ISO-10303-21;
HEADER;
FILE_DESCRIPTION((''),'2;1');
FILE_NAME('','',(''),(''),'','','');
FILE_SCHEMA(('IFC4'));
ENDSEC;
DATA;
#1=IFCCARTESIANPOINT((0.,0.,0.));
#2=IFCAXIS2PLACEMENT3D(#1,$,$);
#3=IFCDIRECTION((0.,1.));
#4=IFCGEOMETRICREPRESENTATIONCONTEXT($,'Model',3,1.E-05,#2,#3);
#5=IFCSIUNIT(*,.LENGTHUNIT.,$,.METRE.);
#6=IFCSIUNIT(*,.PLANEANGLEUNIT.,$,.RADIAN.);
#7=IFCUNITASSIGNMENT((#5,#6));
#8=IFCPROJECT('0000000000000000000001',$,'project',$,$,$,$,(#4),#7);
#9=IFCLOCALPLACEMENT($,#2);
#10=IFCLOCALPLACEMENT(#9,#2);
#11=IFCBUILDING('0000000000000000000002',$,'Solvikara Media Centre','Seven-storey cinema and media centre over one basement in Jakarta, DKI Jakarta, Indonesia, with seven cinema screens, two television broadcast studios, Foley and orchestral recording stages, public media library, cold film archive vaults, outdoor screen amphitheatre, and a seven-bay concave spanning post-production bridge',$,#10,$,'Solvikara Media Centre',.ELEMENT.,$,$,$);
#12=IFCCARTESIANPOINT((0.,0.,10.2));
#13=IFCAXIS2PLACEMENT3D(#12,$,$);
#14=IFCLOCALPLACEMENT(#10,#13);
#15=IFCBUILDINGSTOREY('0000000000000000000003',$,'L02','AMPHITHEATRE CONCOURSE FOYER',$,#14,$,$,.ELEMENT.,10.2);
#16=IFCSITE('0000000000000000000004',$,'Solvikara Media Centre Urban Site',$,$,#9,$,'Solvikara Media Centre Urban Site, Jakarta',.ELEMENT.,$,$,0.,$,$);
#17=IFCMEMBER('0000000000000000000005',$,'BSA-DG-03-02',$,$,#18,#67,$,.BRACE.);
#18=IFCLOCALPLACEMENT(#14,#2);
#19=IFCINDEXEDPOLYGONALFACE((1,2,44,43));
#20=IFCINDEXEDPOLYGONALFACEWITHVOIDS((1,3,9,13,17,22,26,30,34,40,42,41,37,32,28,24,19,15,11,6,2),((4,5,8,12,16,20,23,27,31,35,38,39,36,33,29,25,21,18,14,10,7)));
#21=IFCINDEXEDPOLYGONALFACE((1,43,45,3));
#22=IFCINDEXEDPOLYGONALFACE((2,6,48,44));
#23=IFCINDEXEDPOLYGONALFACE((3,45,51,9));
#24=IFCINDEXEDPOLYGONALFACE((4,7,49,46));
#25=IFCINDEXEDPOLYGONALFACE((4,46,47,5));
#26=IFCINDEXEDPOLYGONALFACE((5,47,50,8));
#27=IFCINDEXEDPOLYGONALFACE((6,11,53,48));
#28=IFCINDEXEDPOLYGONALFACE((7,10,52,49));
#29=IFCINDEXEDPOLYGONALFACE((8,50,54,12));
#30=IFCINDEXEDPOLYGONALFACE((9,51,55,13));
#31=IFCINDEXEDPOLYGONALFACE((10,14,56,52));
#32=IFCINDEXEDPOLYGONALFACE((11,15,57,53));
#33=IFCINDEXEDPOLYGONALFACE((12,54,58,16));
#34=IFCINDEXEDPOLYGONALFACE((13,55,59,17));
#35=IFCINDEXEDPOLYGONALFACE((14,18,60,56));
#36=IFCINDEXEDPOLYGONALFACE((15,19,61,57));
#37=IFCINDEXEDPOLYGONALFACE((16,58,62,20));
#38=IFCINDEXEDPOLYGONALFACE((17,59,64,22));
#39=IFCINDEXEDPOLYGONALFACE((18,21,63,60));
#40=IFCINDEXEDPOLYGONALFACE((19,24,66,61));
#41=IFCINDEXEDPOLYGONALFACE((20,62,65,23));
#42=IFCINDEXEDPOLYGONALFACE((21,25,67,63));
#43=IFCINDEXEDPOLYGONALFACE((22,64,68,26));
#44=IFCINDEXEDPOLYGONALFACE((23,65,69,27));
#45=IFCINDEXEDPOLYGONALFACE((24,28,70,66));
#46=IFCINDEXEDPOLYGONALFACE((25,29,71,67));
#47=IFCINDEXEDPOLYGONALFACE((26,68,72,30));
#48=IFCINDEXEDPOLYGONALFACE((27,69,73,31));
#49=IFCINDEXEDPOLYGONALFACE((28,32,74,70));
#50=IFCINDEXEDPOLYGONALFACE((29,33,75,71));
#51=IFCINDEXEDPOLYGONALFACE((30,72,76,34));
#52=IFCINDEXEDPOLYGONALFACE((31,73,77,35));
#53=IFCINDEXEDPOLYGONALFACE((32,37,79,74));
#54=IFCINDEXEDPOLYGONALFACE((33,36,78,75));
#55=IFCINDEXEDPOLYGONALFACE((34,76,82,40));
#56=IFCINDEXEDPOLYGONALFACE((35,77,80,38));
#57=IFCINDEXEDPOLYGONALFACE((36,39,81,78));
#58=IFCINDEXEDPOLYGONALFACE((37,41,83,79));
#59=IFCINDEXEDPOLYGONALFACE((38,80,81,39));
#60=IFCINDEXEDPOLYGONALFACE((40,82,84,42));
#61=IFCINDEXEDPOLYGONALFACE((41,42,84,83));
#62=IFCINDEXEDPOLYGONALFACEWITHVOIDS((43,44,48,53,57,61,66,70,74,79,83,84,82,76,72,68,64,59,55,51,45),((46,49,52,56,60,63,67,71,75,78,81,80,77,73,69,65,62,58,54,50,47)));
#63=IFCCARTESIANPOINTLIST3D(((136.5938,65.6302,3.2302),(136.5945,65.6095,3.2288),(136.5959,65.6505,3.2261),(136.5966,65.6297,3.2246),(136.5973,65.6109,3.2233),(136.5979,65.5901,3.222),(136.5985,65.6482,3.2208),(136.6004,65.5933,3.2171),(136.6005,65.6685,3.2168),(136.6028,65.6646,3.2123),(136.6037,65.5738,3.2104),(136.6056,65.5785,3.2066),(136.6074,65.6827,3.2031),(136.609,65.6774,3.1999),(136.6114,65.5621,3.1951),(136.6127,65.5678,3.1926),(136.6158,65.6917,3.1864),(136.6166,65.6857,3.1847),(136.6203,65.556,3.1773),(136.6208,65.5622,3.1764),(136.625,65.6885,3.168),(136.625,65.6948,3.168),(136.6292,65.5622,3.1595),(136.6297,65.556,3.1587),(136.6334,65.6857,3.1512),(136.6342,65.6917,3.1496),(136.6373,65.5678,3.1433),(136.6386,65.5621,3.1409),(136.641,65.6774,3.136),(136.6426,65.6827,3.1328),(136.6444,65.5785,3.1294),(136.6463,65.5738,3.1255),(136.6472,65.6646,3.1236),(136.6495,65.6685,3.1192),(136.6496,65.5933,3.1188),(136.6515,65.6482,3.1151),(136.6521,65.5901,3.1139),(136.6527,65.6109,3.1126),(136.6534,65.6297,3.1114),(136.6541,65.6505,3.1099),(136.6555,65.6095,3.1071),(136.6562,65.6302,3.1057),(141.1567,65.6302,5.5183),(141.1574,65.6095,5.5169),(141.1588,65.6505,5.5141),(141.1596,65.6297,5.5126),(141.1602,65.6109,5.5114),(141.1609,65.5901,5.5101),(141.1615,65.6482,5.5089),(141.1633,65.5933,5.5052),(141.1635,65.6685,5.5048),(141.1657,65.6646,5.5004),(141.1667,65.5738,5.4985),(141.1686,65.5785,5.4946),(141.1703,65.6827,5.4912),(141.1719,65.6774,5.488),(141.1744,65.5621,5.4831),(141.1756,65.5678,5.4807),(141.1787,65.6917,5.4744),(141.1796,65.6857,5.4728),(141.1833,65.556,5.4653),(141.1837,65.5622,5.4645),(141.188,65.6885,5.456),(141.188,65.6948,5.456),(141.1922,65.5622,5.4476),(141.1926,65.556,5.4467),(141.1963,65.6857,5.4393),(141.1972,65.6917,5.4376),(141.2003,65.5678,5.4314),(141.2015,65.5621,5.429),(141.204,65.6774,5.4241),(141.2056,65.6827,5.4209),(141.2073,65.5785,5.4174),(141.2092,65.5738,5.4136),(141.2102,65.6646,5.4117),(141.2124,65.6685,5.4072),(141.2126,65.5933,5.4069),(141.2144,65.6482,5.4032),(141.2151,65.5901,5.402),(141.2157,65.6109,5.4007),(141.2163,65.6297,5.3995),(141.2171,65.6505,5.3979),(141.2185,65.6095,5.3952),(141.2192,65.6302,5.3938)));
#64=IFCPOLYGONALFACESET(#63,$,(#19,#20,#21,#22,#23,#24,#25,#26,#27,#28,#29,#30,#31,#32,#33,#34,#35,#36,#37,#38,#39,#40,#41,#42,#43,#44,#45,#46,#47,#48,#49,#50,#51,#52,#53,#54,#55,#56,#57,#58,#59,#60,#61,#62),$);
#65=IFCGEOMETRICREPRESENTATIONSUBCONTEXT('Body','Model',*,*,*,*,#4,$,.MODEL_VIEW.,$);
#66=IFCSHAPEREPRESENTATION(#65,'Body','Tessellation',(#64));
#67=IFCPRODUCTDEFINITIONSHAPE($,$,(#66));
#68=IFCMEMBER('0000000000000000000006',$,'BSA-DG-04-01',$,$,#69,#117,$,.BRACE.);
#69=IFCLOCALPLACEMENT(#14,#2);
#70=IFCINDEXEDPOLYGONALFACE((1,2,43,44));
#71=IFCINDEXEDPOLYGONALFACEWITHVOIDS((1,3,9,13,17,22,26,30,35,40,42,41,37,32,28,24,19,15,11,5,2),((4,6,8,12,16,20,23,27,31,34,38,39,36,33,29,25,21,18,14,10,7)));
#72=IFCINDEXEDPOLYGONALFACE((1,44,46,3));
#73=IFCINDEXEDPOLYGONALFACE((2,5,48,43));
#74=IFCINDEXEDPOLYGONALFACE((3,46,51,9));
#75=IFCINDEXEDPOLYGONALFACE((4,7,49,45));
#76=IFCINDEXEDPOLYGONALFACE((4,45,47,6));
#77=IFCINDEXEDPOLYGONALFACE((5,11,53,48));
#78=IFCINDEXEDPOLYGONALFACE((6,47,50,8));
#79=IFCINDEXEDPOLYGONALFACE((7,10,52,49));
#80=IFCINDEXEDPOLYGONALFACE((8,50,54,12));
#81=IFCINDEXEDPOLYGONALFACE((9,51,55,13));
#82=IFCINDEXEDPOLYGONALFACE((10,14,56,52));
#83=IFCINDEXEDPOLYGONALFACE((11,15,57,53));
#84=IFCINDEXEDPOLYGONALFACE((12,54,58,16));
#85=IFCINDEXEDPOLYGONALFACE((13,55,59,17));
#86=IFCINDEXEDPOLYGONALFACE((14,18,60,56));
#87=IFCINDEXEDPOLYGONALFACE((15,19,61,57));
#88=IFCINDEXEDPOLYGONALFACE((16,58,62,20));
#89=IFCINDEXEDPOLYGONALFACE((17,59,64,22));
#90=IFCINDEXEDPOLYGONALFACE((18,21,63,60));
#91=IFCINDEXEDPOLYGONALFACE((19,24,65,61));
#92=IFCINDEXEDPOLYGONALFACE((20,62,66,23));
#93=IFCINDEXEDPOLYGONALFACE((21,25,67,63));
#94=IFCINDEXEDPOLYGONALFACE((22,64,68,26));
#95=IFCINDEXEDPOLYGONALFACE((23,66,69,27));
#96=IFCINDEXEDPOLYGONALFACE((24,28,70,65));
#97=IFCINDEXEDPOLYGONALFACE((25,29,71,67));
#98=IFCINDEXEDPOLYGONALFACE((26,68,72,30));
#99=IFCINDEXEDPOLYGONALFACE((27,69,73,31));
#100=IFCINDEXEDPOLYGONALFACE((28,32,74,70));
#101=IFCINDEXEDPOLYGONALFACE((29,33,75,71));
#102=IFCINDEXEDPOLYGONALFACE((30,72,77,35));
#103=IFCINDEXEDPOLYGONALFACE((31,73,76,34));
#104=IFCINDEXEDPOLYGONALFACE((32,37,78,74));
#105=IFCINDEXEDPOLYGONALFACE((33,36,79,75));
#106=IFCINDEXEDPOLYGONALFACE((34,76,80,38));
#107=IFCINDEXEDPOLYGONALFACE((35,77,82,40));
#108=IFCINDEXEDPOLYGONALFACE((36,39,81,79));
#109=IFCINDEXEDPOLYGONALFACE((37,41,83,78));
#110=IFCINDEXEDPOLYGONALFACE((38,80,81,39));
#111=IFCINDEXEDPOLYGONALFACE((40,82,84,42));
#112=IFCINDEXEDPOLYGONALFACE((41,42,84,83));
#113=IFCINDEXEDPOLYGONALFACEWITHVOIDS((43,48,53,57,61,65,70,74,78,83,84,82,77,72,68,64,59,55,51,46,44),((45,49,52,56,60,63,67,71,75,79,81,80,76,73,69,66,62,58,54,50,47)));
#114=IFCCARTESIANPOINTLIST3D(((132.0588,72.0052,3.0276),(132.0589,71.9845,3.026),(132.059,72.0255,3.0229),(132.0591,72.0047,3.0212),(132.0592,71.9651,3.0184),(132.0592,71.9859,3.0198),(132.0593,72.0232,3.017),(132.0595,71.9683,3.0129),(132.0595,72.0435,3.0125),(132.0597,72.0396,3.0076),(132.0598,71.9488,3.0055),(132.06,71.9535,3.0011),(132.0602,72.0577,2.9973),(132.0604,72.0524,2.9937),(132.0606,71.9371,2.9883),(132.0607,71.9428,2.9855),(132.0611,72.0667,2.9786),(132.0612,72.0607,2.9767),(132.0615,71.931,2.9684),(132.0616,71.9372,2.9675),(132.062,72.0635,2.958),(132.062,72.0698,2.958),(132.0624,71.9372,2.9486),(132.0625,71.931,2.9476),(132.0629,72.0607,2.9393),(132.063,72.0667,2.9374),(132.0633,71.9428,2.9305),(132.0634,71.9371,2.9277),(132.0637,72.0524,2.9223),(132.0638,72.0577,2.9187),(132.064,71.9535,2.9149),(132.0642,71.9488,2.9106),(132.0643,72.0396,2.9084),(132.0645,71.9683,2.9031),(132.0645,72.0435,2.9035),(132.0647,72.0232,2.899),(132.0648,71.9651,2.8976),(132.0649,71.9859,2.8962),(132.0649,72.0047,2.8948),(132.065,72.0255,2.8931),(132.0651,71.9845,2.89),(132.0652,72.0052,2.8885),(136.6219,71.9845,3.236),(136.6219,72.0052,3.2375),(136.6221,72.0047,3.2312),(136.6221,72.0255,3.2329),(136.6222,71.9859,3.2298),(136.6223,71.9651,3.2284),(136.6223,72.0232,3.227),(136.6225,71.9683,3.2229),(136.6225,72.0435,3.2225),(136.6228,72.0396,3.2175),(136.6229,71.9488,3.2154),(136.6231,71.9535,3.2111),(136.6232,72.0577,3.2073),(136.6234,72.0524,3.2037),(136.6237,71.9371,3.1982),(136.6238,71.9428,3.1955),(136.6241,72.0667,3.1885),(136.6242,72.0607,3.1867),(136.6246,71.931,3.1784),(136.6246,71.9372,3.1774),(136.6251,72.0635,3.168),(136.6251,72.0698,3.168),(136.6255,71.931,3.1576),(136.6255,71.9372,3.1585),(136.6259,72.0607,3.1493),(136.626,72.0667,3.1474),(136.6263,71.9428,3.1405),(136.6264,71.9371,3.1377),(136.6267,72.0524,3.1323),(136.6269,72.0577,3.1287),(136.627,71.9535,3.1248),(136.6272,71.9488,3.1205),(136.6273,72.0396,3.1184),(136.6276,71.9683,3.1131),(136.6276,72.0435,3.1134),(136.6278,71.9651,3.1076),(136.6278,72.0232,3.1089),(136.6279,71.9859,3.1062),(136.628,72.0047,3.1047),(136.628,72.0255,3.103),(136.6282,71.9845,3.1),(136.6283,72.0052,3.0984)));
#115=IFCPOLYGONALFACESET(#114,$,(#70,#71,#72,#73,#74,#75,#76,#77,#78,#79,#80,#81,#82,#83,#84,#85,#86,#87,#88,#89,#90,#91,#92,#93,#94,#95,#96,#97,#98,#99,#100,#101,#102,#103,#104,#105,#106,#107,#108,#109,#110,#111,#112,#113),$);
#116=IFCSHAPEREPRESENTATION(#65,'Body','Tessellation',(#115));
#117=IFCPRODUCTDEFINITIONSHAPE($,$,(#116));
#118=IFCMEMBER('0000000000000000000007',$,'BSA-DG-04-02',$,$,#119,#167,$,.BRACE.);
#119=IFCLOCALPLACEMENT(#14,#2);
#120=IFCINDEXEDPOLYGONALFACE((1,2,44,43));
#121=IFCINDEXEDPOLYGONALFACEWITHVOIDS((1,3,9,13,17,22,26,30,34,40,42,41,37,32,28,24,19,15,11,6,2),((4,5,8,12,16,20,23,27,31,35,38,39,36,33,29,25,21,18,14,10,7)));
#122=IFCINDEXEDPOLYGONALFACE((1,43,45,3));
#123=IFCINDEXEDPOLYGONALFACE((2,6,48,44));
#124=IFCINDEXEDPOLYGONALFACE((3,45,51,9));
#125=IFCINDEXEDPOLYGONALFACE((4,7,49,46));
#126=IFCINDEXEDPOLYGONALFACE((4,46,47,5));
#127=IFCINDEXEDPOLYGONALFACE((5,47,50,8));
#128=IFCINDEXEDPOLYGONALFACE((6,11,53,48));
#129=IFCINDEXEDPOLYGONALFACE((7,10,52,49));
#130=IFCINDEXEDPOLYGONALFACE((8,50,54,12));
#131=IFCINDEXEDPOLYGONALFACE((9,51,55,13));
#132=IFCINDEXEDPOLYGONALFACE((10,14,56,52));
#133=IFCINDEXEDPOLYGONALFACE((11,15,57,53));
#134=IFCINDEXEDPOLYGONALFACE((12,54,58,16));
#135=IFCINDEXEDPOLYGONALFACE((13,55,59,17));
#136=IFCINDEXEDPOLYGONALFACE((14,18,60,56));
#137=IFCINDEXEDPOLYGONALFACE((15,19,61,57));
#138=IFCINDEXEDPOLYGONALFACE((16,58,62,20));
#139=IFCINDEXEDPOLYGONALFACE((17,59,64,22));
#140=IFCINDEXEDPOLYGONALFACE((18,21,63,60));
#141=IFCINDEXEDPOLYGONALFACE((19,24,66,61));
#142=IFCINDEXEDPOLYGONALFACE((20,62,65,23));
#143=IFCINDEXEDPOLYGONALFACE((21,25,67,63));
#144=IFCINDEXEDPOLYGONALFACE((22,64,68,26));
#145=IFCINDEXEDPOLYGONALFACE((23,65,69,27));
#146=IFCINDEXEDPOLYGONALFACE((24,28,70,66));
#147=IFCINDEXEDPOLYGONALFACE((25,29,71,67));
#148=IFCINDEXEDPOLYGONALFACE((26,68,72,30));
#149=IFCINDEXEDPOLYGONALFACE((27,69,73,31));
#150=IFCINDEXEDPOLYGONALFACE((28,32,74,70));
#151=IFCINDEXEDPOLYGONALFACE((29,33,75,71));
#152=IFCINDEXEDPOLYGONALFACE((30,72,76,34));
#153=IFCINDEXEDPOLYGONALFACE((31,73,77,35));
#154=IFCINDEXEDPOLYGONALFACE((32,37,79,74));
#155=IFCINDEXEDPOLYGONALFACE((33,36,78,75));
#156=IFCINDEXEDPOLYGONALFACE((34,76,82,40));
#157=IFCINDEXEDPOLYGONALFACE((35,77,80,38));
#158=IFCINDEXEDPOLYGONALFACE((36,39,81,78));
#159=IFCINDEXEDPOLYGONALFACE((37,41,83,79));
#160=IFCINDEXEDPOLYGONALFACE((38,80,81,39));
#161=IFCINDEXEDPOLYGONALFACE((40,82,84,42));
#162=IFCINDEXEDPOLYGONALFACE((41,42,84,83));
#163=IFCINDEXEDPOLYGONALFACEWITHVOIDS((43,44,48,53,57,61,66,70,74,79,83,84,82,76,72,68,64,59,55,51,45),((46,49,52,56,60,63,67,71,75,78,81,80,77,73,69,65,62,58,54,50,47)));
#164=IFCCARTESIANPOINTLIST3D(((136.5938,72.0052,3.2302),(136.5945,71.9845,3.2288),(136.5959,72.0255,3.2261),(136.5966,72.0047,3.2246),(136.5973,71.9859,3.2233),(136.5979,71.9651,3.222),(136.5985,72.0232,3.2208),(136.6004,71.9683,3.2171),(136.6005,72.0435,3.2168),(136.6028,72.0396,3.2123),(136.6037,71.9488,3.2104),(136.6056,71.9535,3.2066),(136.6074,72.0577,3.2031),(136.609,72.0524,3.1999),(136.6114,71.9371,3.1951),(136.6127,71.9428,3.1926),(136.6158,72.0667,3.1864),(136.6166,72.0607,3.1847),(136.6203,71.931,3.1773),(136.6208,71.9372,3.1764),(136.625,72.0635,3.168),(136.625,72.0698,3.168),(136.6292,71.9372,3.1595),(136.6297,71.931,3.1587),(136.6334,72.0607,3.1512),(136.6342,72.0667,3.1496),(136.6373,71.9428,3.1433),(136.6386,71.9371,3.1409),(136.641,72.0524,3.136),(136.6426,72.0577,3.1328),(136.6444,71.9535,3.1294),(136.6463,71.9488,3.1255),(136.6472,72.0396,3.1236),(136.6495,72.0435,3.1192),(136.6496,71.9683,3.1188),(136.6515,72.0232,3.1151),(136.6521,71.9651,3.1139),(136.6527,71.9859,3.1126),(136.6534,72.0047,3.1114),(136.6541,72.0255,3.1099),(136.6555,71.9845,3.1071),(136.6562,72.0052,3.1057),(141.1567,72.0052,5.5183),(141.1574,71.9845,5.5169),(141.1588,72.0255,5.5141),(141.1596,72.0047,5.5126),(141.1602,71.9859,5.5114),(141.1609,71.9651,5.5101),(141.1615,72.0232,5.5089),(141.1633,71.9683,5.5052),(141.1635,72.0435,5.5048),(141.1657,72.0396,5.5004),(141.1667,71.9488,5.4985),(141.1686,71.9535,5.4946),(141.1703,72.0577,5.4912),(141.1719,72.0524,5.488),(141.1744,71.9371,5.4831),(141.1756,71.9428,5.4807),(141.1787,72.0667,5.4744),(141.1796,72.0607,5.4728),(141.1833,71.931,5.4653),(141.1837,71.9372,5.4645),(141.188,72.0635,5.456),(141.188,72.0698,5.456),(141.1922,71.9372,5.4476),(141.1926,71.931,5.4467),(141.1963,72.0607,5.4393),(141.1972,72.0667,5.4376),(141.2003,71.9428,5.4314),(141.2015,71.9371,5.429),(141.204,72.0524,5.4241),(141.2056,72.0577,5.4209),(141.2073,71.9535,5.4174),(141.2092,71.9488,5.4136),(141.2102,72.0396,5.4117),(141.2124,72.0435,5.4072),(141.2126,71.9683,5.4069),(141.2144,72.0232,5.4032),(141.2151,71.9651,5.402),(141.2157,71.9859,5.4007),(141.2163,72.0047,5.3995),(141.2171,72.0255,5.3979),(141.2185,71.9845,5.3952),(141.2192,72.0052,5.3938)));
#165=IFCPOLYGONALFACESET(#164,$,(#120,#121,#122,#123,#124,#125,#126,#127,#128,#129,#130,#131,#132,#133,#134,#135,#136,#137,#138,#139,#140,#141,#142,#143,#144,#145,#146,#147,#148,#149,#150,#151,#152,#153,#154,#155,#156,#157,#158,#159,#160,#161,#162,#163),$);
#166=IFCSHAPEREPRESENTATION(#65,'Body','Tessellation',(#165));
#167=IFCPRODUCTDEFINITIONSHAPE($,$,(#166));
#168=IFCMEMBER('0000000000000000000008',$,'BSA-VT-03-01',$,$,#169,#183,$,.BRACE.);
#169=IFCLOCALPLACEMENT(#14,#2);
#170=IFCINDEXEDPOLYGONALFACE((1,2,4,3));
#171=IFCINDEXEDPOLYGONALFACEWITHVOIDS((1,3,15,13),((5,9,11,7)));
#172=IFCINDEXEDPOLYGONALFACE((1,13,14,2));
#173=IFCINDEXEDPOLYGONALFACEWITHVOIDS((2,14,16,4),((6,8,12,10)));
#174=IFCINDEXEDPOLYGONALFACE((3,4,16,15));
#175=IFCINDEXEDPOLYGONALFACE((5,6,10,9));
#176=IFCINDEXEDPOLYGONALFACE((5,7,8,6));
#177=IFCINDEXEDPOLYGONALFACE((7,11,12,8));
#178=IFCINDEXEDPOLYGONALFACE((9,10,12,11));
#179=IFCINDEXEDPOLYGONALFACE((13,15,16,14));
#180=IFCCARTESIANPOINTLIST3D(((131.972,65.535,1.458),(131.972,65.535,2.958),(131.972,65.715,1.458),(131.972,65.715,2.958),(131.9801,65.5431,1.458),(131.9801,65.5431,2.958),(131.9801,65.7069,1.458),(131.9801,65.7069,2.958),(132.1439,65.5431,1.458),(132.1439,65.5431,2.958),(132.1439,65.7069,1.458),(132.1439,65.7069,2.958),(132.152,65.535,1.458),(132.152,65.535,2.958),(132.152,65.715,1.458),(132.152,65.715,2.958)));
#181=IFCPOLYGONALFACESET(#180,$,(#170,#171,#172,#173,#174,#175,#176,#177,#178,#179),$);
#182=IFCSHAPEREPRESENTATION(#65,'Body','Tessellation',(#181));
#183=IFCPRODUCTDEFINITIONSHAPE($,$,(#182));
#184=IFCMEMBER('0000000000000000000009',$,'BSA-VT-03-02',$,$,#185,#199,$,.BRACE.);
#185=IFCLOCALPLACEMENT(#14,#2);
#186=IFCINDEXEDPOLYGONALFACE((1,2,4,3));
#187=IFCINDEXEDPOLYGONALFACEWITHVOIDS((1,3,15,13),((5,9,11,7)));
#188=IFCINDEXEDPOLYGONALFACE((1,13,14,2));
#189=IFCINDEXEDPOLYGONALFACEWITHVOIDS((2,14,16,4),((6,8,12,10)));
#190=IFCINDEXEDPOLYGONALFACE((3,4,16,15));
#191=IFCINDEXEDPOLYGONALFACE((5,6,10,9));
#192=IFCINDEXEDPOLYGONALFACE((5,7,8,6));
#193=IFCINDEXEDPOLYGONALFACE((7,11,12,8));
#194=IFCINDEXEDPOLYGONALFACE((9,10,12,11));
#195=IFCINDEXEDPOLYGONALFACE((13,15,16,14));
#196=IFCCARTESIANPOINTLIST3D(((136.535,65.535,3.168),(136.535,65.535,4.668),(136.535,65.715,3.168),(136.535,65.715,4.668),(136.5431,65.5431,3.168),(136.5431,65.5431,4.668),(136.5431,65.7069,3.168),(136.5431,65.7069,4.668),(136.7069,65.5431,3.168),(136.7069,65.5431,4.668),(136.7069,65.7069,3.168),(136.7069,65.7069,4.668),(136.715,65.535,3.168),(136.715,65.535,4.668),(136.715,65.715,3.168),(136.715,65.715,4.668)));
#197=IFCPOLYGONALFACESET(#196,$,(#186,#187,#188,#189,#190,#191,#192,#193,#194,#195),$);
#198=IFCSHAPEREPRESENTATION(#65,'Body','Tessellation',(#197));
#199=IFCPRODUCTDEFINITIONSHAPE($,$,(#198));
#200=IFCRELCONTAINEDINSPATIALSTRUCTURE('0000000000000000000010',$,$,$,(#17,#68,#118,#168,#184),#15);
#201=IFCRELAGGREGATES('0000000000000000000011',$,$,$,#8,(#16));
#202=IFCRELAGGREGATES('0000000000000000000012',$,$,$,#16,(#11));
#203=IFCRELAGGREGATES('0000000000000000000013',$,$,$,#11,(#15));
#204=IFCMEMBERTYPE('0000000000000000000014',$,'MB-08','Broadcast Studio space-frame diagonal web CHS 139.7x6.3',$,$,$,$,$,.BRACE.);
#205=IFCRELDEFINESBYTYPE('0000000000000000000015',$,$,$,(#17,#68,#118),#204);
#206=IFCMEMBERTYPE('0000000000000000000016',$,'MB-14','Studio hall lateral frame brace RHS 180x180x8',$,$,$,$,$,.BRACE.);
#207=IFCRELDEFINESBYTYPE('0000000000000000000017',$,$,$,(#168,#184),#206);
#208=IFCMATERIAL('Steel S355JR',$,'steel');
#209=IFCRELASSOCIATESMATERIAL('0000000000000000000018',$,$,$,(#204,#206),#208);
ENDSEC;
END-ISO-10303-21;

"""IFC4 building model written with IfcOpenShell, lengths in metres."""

from ifc_helpers import new_model, si_unit, direction, frame, origin, origin_2d, place, context, subcontext, project, spatial, hollow_rectangle, hollow_circle, extrude, material, material_profile, profile_set, type_object, element, save


model = new_model("IFC4")

# Units and contexts
model_context = context("Model", 3, precision=1e-05, world=origin(), true_north=direction((0.0, 1.0)))
body_context = subcontext(model_context, "Body", "Model", "MODEL_VIEW")
ifc_project = project(units=[si_unit("LENGTHUNIT", "METRE"), si_unit("PLANEANGLEUNIT", "RADIAN")], contexts=[model_context])

# Site, building, storey
site_placement = place(None, origin())
site = spatial("IfcSite", under=ifc_project, at=site_placement, Name="Solvikara Media Centre Urban Site", LongName="Solvikara Media Centre Urban Site, Jakarta", CompositionType="ELEMENT", RefElevation=0.0)
building_placement = place(site_placement, origin())
building = spatial("IfcBuilding", under=site, at=building_placement, Name="Solvikara Media Centre", Description="Seven-storey cinema and media centre over one basement in Jakarta, DKI Jakarta, Indonesia, with seven cinema screens, two television broadcast studios, Foley and orchestral recording stages, public media library, cold film archive vaults, outdoor screen amphitheatre, and a seven-bay concave spanning post-production bridge", LongName="Solvikara Media Centre", CompositionType="ELEMENT")
storey_placement = place(building_placement, frame((0.0, 0.0, 10.2)))
storey = spatial("IfcBuildingStorey", under=building, at=storey_placement, Name="L02", Description="AMPHITHEATRE CONCOURSE FOYER", CompositionType="ELEMENT", Elevation=10.2)

# Shared definitions
ifc_material_1 = material(Name="Steel S355JR", Category="steel")

# Members
ifc_material_profile_1 = material_profile(ifc_material_1, hollow_circle(Radius=0.0698, WallThickness=0.0063, at=origin_2d()), Name="CHS 139.7x6.3")
ifc_profile_set_1 = profile_set([ifc_material_profile_1], Name="Steel S355JR")
member_type_1 = type_object("IfcMemberType", Name="MB-08", Description="Broadcast Studio space-frame diagonal web CHS 139.7x6.3", PredefinedType="BRACE", material=ifc_profile_set_1)
member_1_placement = place(storey_placement, frame((136.625, 65.625, 3.168), z_axis=(0.89391, 0.0, 0.448246), x_axis=(0.0, 1.0, 0.0)))
element("IfcMember", 1, at=member_1_placement, inside=storey, type_object=member_type_1, Name="BSA-DG-03-02", PredefinedType="BRACE", context=body_context, shape_type="SweptSolid", body=[
    extrude(hollow_circle(Radius=0.0698, WallThickness=0.0063, at=origin_2d()), origin(), (0.0, 0.0, 1.0), 5.1045),
])
member_2_placement = place(storey_placement, frame((132.062, 72.0, 2.958), z_axis=(0.998943, 0.0, 0.045965), x_axis=(0.0, 1.0, 0.0)))
element("IfcMember", 2, at=member_2_placement, inside=storey, type_object=member_type_1, Name="BSA-DG-04-01", PredefinedType="BRACE", context=body_context, shape_type="SweptSolid", body=[
    extrude(hollow_circle(Radius=0.0698, WallThickness=0.0063, at=origin_2d()), origin(), (0.0, 0.0, 1.0), 4.5679),
])
member_3_placement = place(storey_placement, frame((136.625, 72.0, 3.168), z_axis=(0.89391, 0.0, 0.448246), x_axis=(0.0, 1.0, 0.0)))
element("IfcMember", 3, at=member_3_placement, inside=storey, type_object=member_type_1, Name="BSA-DG-04-02", PredefinedType="BRACE", context=body_context, shape_type="SweptSolid", body=[
    extrude(hollow_circle(Radius=0.0698, WallThickness=0.0063, at=origin_2d()), origin(), (0.0, 0.0, 1.0), 5.1045),
])
ifc_material_profile_2 = material_profile(ifc_material_1, hollow_rectangle(XDim=0.1799, YDim=0.1799, WallThickness=0.0081, at=origin_2d()), Name="RHS 180x180x8")
ifc_profile_set_2 = profile_set([ifc_material_profile_2], Name="Steel S355JR")
member_type_2 = type_object("IfcMemberType", Name="MB-14", Description="Studio hall lateral frame brace RHS 180x180x8", PredefinedType="BRACE", material=ifc_profile_set_2)
for number, where, z_axis, x_axis, name in (
    (4, (132.062, 65.625, 1.458), (0.0, 0.0, 1.0), (1.0, 0.0, 0.0), "BSA-VT-03-01"),
    (5, (136.625, 65.625, 3.168), (0.0, 0.0, 1.0), (1.0, 0.0, 0.0), "BSA-VT-03-02"),
):
    element("IfcMember", number, at=place(storey_placement, frame(where, z_axis=z_axis, x_axis=x_axis)), inside=storey, type_object=member_type_2, Name=name, PredefinedType="BRACE", context=body_context, shape_type="SweptSolid", body=[
        extrude(hollow_rectangle(XDim=0.1799, YDim=0.1799, WallThickness=0.0081, at=origin_2d()), origin(), (0.0, 0.0, 1.0), 1.5),
    ])

save(model, "model.ifc")
